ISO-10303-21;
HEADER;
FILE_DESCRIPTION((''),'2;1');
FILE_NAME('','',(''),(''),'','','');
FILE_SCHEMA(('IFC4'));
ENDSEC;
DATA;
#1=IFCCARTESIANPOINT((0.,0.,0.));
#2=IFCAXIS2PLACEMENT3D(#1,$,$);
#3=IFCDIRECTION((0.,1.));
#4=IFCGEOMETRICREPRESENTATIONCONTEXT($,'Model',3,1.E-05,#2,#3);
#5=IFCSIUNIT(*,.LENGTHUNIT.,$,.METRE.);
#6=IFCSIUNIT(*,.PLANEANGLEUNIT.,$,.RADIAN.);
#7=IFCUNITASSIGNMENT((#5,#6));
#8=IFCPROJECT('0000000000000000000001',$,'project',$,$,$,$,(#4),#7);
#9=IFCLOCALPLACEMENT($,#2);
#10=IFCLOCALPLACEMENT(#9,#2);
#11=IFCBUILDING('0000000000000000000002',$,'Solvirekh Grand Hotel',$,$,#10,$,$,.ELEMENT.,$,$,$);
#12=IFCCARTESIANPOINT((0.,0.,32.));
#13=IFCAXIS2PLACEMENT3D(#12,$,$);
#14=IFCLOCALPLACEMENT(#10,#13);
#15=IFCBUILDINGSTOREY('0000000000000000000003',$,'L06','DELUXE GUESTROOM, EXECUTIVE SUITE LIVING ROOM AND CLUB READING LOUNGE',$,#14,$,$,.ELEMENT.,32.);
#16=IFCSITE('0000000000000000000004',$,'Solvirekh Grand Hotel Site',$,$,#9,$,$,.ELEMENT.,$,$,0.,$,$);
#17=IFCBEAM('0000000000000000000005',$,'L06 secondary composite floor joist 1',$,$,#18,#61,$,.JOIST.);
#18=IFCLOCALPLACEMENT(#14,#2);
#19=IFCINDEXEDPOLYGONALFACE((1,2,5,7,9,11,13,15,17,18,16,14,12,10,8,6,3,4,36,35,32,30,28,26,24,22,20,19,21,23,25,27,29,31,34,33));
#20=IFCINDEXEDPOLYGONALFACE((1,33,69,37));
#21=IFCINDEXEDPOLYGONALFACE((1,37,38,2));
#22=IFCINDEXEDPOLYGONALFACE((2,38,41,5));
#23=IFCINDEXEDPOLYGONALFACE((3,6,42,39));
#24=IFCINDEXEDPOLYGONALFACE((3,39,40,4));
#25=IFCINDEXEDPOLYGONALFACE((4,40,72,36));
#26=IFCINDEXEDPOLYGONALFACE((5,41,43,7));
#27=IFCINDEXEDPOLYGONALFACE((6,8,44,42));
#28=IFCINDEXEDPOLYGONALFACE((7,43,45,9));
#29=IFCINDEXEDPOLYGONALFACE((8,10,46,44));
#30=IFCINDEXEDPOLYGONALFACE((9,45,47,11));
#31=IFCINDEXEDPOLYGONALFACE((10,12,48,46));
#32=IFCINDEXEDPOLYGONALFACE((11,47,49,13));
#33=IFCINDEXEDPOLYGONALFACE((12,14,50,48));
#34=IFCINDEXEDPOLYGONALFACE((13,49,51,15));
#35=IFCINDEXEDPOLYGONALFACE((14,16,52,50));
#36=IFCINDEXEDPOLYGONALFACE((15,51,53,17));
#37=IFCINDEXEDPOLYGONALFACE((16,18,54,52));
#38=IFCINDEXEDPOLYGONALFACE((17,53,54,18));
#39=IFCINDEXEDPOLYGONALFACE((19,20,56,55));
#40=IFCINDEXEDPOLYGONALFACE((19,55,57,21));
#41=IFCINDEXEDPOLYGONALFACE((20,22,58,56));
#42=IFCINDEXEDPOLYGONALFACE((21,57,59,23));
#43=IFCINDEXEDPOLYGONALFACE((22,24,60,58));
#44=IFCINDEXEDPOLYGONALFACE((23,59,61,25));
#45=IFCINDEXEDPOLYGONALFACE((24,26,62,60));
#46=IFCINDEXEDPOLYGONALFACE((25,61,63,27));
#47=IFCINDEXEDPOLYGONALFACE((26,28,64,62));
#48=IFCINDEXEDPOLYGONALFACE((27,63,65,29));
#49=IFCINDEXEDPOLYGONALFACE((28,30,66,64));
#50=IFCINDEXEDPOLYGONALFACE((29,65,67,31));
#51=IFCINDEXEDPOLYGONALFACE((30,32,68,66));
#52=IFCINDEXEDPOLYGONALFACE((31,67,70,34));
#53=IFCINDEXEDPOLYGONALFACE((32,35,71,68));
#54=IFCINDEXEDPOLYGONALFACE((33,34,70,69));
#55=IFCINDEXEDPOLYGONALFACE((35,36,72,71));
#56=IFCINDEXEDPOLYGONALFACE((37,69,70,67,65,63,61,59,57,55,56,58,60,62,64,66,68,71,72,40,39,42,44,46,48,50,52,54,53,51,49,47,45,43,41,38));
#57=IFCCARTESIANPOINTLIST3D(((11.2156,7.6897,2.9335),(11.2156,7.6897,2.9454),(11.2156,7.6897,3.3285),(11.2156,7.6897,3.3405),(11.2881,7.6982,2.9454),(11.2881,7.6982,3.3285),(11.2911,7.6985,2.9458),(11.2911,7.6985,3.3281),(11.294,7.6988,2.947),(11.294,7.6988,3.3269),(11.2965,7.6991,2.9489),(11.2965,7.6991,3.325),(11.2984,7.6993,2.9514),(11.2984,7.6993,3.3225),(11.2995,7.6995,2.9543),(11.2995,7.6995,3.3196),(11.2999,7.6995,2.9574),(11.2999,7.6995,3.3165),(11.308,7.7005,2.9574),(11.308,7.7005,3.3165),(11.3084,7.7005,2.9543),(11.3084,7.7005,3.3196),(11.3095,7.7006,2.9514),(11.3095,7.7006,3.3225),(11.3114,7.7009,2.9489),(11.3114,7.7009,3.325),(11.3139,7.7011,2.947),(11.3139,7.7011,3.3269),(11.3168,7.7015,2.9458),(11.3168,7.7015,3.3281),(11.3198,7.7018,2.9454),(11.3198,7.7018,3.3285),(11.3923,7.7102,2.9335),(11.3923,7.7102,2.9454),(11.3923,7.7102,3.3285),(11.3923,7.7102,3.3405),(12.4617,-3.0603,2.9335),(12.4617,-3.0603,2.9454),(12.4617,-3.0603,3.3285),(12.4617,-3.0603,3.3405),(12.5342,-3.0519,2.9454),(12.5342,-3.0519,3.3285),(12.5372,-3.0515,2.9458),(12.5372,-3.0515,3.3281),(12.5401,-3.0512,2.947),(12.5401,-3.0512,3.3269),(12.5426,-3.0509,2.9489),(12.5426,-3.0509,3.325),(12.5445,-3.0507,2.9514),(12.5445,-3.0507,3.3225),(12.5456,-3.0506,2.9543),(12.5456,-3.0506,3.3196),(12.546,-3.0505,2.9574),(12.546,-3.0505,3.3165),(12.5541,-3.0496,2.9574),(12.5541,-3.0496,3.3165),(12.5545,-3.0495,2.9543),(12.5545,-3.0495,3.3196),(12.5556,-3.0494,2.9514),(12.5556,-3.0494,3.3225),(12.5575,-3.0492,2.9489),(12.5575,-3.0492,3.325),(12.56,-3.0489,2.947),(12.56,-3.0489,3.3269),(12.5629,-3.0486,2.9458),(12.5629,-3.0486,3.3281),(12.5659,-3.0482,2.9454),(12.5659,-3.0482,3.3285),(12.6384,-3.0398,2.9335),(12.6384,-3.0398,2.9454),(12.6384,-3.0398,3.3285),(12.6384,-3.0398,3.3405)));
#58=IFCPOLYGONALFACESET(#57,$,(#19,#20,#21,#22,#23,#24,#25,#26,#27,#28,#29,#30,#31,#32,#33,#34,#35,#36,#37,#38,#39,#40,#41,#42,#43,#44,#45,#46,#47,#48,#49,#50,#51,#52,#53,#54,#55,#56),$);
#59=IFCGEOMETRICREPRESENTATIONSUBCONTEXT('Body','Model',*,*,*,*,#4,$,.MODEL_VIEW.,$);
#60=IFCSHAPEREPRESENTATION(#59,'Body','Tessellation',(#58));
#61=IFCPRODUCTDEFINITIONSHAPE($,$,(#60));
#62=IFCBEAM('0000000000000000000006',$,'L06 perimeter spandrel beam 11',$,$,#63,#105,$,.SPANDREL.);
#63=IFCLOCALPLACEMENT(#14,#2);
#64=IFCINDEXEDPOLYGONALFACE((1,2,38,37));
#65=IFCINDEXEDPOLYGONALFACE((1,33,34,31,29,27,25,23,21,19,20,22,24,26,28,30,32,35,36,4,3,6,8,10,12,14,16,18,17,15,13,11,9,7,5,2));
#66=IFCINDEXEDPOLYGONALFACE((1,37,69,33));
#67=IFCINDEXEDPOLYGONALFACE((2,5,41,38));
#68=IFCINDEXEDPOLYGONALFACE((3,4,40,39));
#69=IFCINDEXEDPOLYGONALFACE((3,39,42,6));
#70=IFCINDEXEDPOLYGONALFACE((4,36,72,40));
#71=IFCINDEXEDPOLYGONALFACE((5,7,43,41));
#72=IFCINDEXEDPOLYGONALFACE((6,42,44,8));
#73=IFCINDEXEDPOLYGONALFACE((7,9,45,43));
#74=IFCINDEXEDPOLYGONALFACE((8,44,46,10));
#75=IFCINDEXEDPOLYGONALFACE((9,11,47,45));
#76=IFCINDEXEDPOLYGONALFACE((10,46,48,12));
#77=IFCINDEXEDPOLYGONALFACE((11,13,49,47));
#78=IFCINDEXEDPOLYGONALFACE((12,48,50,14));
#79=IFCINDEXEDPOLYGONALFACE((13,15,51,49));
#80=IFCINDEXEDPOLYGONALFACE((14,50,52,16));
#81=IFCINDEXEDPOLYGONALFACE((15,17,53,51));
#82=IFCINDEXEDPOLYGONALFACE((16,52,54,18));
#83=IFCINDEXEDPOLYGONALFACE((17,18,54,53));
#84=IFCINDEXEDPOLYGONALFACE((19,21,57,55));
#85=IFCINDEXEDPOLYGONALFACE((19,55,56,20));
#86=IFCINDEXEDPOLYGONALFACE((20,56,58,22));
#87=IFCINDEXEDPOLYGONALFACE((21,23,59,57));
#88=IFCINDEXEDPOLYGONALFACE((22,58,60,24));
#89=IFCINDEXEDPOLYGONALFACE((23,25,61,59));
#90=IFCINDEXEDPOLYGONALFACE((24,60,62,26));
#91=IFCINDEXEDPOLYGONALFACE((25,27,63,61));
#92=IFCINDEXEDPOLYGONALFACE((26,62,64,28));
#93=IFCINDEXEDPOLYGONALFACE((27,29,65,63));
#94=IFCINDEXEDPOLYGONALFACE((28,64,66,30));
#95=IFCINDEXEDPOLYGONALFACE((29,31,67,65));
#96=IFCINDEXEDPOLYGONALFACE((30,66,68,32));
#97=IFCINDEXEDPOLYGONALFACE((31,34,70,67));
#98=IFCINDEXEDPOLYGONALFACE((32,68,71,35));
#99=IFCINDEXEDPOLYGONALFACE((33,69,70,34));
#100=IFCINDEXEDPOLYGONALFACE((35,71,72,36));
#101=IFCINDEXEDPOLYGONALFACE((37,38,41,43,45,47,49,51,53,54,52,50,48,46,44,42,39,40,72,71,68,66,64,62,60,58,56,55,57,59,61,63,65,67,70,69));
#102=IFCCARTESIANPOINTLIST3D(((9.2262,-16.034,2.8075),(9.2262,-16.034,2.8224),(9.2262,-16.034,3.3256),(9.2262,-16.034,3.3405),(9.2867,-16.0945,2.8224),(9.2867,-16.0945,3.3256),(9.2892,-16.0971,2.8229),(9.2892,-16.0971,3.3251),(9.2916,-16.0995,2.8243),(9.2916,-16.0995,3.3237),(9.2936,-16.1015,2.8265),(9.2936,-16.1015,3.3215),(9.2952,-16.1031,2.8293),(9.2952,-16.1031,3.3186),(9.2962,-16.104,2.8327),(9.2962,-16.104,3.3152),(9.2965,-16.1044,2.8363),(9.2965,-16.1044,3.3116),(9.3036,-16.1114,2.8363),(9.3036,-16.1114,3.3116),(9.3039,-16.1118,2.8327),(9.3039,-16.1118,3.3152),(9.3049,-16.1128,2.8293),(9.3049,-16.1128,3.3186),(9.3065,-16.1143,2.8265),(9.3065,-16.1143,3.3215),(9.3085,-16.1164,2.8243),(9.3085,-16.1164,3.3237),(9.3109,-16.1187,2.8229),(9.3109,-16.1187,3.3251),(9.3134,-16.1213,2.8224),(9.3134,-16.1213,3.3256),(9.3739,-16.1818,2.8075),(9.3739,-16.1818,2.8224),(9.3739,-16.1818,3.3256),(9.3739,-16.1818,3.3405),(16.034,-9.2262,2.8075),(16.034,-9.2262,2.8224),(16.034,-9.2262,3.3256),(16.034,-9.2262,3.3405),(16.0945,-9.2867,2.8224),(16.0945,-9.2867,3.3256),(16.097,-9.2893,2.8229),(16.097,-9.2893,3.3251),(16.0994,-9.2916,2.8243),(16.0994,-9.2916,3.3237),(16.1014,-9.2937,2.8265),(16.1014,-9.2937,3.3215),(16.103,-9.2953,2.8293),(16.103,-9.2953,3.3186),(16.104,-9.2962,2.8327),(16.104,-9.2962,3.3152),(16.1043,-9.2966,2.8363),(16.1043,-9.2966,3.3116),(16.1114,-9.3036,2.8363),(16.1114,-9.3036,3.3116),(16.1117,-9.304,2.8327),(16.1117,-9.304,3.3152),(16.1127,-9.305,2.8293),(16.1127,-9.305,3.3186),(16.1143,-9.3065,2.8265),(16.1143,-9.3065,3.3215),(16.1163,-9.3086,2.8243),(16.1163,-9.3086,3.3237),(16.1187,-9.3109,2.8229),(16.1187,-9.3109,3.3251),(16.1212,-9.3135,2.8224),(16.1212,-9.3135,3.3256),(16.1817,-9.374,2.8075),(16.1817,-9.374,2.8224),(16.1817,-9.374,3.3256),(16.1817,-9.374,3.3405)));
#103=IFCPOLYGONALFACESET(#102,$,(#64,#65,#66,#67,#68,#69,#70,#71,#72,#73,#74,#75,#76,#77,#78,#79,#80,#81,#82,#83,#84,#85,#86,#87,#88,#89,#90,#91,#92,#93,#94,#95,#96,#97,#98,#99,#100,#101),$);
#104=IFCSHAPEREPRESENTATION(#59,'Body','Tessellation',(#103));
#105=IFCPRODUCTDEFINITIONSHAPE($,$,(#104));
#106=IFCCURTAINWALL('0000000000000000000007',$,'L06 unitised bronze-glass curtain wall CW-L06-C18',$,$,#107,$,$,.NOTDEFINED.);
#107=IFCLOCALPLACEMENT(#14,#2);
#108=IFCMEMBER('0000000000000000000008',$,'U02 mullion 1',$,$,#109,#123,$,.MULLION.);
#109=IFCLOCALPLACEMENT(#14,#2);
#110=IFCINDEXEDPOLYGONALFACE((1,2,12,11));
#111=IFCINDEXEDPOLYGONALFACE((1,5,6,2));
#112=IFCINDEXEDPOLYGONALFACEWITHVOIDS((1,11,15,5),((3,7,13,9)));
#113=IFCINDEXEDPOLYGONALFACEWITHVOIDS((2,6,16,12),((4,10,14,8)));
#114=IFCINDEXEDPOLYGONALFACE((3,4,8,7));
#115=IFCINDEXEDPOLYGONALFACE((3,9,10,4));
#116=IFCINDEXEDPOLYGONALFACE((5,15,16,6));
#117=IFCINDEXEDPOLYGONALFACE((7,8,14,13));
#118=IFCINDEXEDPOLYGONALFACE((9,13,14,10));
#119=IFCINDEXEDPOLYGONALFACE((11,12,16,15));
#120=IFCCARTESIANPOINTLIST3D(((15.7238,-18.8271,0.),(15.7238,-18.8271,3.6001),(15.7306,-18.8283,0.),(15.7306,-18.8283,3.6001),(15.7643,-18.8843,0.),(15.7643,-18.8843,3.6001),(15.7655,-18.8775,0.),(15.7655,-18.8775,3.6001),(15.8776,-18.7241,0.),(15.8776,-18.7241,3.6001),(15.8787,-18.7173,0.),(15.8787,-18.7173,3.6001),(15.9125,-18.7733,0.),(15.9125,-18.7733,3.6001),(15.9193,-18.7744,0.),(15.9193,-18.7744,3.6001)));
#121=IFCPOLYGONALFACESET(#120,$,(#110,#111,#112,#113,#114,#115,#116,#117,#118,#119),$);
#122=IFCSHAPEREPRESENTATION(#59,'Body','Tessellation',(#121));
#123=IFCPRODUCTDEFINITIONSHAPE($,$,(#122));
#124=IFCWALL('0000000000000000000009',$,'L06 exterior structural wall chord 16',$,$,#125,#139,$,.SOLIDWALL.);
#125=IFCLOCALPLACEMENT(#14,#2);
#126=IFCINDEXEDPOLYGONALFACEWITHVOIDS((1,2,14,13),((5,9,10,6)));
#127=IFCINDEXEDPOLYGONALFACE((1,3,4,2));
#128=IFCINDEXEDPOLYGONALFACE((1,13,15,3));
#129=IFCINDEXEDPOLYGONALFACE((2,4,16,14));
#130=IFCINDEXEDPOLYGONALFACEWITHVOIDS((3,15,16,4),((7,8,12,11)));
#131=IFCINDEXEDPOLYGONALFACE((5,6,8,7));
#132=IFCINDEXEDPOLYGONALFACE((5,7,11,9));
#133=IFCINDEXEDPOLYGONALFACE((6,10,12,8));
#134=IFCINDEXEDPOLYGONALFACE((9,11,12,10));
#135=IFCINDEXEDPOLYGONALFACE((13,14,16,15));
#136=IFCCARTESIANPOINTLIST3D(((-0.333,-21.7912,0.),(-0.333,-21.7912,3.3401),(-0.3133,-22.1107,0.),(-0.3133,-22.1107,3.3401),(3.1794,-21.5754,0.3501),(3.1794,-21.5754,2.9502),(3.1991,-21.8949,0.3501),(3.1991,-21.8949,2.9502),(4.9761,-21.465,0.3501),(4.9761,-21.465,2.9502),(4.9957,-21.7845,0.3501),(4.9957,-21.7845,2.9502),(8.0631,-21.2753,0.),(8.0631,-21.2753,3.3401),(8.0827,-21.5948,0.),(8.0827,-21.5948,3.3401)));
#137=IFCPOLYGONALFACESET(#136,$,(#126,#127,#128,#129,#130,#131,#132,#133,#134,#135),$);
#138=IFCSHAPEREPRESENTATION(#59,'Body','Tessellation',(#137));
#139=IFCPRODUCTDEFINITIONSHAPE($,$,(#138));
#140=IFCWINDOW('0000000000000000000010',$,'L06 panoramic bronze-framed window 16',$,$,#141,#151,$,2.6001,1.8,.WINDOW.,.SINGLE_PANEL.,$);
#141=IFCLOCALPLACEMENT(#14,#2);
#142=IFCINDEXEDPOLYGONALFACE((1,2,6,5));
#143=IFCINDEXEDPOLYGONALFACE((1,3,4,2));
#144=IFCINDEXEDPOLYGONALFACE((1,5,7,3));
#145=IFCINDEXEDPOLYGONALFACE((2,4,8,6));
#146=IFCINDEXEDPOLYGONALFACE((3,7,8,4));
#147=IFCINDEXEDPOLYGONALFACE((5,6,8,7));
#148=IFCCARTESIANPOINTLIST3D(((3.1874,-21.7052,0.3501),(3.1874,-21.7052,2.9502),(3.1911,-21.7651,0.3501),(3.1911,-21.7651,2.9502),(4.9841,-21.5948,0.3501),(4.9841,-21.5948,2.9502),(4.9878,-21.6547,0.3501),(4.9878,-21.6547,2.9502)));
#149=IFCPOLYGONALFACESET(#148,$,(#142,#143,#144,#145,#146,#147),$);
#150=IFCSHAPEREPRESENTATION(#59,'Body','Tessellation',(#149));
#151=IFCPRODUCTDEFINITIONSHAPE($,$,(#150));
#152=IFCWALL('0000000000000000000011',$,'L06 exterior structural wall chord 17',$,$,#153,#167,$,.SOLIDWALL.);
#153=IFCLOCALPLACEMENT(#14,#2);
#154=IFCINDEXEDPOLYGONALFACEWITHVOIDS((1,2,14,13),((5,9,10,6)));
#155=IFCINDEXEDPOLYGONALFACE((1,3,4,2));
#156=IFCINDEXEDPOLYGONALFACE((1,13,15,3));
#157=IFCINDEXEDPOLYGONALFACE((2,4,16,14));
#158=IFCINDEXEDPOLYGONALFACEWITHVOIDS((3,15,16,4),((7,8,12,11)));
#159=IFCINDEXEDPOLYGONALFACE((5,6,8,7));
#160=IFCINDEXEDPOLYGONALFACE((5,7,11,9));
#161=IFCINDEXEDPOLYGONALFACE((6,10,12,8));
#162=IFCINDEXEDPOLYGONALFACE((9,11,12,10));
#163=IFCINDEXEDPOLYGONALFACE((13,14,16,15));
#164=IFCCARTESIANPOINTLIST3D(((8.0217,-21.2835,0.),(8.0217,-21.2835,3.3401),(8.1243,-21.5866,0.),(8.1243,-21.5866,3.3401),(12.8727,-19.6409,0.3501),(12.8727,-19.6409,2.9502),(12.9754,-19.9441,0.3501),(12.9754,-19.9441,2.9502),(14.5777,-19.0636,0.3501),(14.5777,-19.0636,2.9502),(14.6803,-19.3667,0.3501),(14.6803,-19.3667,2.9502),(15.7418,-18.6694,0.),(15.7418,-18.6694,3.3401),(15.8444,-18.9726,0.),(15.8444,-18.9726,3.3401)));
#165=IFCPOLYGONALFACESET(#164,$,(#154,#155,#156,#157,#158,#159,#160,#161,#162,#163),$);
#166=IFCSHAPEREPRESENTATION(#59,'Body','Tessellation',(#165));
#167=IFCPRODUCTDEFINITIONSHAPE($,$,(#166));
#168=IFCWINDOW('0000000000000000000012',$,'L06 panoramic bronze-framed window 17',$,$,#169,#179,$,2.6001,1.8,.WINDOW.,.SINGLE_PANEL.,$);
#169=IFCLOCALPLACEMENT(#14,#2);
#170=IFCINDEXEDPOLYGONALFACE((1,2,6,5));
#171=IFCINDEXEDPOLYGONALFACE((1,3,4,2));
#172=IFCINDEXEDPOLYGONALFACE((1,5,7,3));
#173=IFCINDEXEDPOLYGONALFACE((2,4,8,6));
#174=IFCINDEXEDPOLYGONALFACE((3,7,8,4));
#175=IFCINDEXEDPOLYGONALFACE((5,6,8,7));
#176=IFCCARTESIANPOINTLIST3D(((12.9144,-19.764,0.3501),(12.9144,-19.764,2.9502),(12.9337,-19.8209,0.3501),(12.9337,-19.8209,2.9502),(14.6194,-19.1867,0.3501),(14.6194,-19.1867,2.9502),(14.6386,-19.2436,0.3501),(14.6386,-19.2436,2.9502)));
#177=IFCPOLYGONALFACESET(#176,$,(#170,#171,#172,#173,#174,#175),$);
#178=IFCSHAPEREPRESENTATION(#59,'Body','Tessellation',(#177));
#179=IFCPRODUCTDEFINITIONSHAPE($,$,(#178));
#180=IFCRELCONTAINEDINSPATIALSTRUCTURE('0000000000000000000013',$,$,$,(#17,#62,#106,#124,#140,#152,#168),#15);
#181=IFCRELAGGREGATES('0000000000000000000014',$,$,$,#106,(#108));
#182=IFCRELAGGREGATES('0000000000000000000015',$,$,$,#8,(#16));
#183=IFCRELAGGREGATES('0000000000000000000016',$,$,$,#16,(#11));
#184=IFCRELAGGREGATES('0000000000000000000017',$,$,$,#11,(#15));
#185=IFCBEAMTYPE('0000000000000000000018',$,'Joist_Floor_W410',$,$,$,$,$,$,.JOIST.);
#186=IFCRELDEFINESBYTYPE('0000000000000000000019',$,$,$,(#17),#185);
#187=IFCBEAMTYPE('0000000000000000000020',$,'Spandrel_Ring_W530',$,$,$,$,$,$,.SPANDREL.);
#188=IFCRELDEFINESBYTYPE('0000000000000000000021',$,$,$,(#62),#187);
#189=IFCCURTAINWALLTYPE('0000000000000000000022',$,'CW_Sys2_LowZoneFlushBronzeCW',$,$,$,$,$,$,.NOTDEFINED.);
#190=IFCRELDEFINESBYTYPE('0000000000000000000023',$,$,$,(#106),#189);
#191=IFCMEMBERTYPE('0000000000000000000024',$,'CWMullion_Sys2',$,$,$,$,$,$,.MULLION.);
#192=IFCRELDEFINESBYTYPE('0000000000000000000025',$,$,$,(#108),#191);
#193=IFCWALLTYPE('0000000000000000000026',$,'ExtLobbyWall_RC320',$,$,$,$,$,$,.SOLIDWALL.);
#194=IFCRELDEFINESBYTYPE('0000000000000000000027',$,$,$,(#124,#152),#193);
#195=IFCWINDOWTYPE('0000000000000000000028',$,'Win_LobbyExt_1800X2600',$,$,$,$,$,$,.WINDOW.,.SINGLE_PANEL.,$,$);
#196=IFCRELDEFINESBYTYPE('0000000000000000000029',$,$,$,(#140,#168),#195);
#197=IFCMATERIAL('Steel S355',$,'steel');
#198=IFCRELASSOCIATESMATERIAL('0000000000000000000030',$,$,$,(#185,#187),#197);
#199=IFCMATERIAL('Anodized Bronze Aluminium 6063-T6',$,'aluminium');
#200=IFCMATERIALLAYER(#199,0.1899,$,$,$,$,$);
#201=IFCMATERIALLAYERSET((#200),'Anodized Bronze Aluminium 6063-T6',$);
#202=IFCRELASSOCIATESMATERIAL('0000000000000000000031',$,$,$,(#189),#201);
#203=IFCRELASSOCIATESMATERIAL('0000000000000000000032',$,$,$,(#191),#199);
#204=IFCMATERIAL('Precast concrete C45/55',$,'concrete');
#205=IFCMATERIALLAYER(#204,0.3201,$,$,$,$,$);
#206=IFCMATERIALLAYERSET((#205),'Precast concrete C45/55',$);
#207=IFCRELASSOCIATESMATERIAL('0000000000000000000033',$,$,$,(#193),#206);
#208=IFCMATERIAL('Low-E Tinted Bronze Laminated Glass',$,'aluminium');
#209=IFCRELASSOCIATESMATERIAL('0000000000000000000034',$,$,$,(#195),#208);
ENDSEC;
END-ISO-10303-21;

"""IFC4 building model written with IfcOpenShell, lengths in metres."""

from ifc_helpers import new_model, si_unit, direction, frame, frame_2d, origin, origin_2d, place, context, subcontext, project, spatial, rectangle, hollow_rectangle, i_section, extrude, source, transform, mapped, material, layer, layer_set, material_profile, profile_set, type_object, element, fill, aggregate, save


model = new_model("IFC4")

# Units and contexts
model_context = context("Model", 3, precision=1e-05, world=origin(), true_north=direction((0.0, 1.0)))
body_context = subcontext(model_context, "Body", "Model", "MODEL_VIEW")
ifc_project = project(units=[si_unit("LENGTHUNIT", "METRE"), si_unit("PLANEANGLEUNIT", "RADIAN")], contexts=[model_context])

# Site, building, storey
site_placement = place(None, origin())
site = spatial("IfcSite", under=ifc_project, at=site_placement, Name="Solvirekh Grand Hotel Site", CompositionType="ELEMENT", RefElevation=0.0)
building_placement = place(site_placement, origin())
building = spatial("IfcBuilding", under=site, at=building_placement, Name="Solvirekh Grand Hotel", CompositionType="ELEMENT")
storey_placement = place(building_placement, frame((0.0, 0.0, 32.0)))
storey = spatial("IfcBuildingStorey", under=building, at=storey_placement, Name="L06", Description="DELUXE GUESTROOM, EXECUTIVE SUITE LIVING ROOM AND CLUB READING LOUNGE", CompositionType="ELEMENT", Elevation=32.0)

# Beams
ifc_material_1 = material(Name="Steel S355", Category="steel")
ifc_material_profile_1 = material_profile(ifc_material_1, i_section(OverallWidth=0.178, OverallDepth=0.407, WebThickness=0.0081, FlangeThickness=0.012, FilletRadius=0.012, at=origin_2d()), Name="W410X60")
ifc_profile_set_1 = profile_set([ifc_material_profile_1], Name="Steel S355")
beam_type_1 = type_object("IfcBeamType", Name="Joist_Floor_W410", PredefinedType="JOIST", material=ifc_profile_set_1)
beam_1_placement = place(storey_placement, frame((12.55, -3.05, 3.137), z_axis=(-0.115145, 0.993349, 0.0), x_axis=(-0.993349, -0.115145, 0.0)))
element("IfcBeam", 1, at=beam_1_placement, inside=storey, type_object=beam_type_1, Name="L06 secondary composite floor joist 1", PredefinedType="JOIST", context=body_context, shape_type="SweptSolid", body=[
    extrude(i_section(OverallWidth=0.178, OverallDepth=0.407, WebThickness=0.0081, FlangeThickness=0.012, FilletRadius=0.012, at=origin_2d()), origin(), (0.0, 0.0, 1.0), 10.822),
])
ifc_material_profile_2 = material_profile(ifc_material_1, i_section(OverallWidth=0.209, OverallDepth=0.533, WebThickness=0.01, FlangeThickness=0.0149, FilletRadius=0.0139, at=origin_2d()), Name="W530X92")
ifc_profile_set_2 = profile_set([ifc_material_profile_2], Name="Steel S355")
beam_type_2 = type_object("IfcBeamType", Name="Spandrel_Ring_W530", PredefinedType="SPANDREL", material=ifc_profile_set_2)
beam_2_placement = place(storey_placement, frame((9.3, -16.1079, 3.074), z_axis=(0.707107, 0.707107, 0.0), x_axis=(-0.707107, 0.707107, 0.0)))
element("IfcBeam", 2, at=beam_2_placement, inside=storey, type_object=beam_type_2, Name="L06 perimeter spandrel beam 11", PredefinedType="SPANDREL", context=body_context, shape_type="SweptSolid", body=[
    extrude(i_section(OverallWidth=0.209, OverallDepth=0.533, WebThickness=0.01, FlangeThickness=0.0149, FilletRadius=0.0139, at=origin_2d()), origin(), (0.0, 0.0, 1.0), 9.6277),
])

# Curtain wall, member
ifc_material_2 = material(Name="Anodized Bronze Aluminium 6063-T6", Category="aluminium")
ifc_layer_1 = layer(ifc_material_2, 0.1899)
ifc_layer_set_1 = layer_set([ifc_layer_1], Name="Anodized Bronze Aluminium 6063-T6")
curtain_wall_type = type_object("IfcCurtainWallType", Name="CW_Sys2_LowZoneFlushBronzeCW", PredefinedType="NOTDEFINED", material=ifc_layer_set_1)
curtain_wall_placement = place(storey_placement, origin())
curtain_wall = element("IfcCurtainWall", 3, at=curtain_wall_placement, inside=storey, type_object=curtain_wall_type, Name="L06 unitised bronze-glass curtain wall CW-L06-C18", PredefinedType="NOTDEFINED")
ifc_material_profile_3 = material_profile(ifc_material_2, hollow_rectangle(XDim=0.0701, YDim=0.1899, WallThickness=0.0049, at=origin_2d()), Name="ALU RHS 190X70X5")
ifc_profile_set_3 = profile_set([ifc_material_profile_3], Name="Anodized Bronze Aluminium 6063-T6")
member_type = type_object("IfcMemberType", Name="CWMullion_Sys2", PredefinedType="MULLION", material=ifc_profile_set_3)
shared_shape = source(origin(), body_context, "Body", "SweptSolid", [
    extrude(hollow_rectangle(XDim=0.0701, YDim=0.1899, WallThickness=0.0049, at=origin_2d()), origin(), (0.0, 0.0, 1.0), 3.6001),
])
member_placement = place(storey_placement, frame((15.8215, -18.8008, 0.0), z_axis=(0.0, 0.0, 1.0), x_axis=(-0.578374, 0.815772, 0.0)))
member = element("IfcMember", 4, at=member_placement, type_object=member_type, Name="U02 mullion 1", PredefinedType="MULLION", context=body_context, shape_type="MappedRepresentation", body=[
    mapped(shared_shape, transform((0.0, 0.0, 0.0), x_axis=(1.0, 0.0, 0.0), y_axis=(0.0, 1.0, 0.0), z_axis=(0.0, 0.0, 1.0), scale=1.0)),
])
aggregate(curtain_wall, [member])

# Walls, openings, windows
ifc_material_3 = material(Name="Precast concrete C45/55", Category="concrete")
ifc_layer_2 = layer(ifc_material_3, 0.3201)
ifc_layer_set_2 = layer_set([ifc_layer_2], Name="Precast concrete C45/55")
wall_type_1 = type_object("IfcWallType", Name="ExtLobbyWall_RC320", PredefinedType="SOLIDWALL", material=ifc_layer_set_2)
wall_1_placement = place(storey_placement, frame((8.073, -21.4351, 0.0), z_axis=(0.0, 0.0, 1.0), x_axis=(-0.998118, -0.061327, 0.0)))
wall_1 = element("IfcWall", 5, at=wall_1_placement, inside=storey, type_object=wall_type_1, Name="L06 exterior structural wall chord 16", PredefinedType="SOLIDWALL", context=body_context, shape_type="SweptSolid", body=[
    extrude(rectangle(XDim=8.4119, YDim=0.3201, at=frame_2d((4.2061, 0.0))), origin(), (0.0, 0.0, 1.0), 3.3401),
])
opening_1_placement = place(wall_1_placement, frame((3.093, 0.0, 0.3501)))
opening_1 = element("IfcOpeningElement", 6, at=opening_1_placement, cuts=wall_1, PredefinedType="OPENING", context=body_context, shape_type="SweptSolid", body=[
    extrude(rectangle(XDim=1.8, YDim=2.6001, at=frame_2d((0.8999, 1.3))), frame((0.0, 0.1699, 0.0), z_axis=(0.0, -1.0, 0.0), x_axis=(1.0, 0.0, 0.0)), (0.0, 0.0, 1.0), 0.3401),
])
ifc_material_4 = material(Name="Low-E Tinted Bronze Laminated Glass", Category="aluminium")
window_type = type_object("IfcWindowType", Name="Win_LobbyExt_1800X2600", PartitioningType="SINGLE_PANEL", PredefinedType="WINDOW", material=ifc_material_4)
window_1_placement = place(opening_1_placement, origin())
window_1 = element("IfcWindow", 7, at=window_1_placement, inside=storey, type_object=window_type, Name="L06 panoramic bronze-framed window 16", OverallHeight=2.6001, OverallWidth=1.8, PartitioningType="SINGLE_PANEL", PredefinedType="WINDOW", context=body_context, shape_type="SweptSolid", body=[
    extrude(rectangle(XDim=1.8, YDim=2.6001, at=frame_2d((0.8999, 1.3))), frame((0.0, 0.03, 0.0), z_axis=(0.0, -1.0, 0.0), x_axis=(1.0, 0.0, 0.0)), (0.0, 0.0, 1.0), 0.0601),
])
fill(opening_1, window_1)
wall_2_placement = place(storey_placement, frame((15.793, -18.821, 0.0), z_axis=(0.0, 0.0, 1.0), x_axis=(-0.947175, -0.320717, 0.0)))
wall_2 = element("IfcWall", 8, at=wall_2_placement, inside=storey, type_object=wall_type_1, Name="L06 exterior structural wall chord 17", PredefinedType="SOLIDWALL", context=body_context, shape_type="SweptSolid", body=[
    extrude(rectangle(XDim=8.1506, YDim=0.3201, at=frame_2d((4.0752, 0.0))), origin(), (0.0, 0.0, 1.0), 3.3401),
])
opening_2_placement = place(wall_2_placement, frame((1.229, 0.0, 0.3501)))
opening_2 = element("IfcOpeningElement", 9, at=opening_2_placement, cuts=wall_2, PredefinedType="OPENING", context=body_context, shape_type="SweptSolid", body=[
    extrude(rectangle(XDim=1.8, YDim=2.6001, at=frame_2d((0.8999, 1.3))), frame((0.0, 0.1699, 0.0), z_axis=(0.0, -1.0, 0.0), x_axis=(1.0, 0.0, 0.0)), (0.0, 0.0, 1.0), 0.3401),
])
window_2_placement = place(opening_2_placement, origin())
window_2 = element("IfcWindow", 10, at=window_2_placement, inside=storey, type_object=window_type, Name="L06 panoramic bronze-framed window 17", OverallHeight=2.6001, OverallWidth=1.8, PartitioningType="SINGLE_PANEL", PredefinedType="WINDOW", context=body_context, shape_type="SweptSolid", body=[
    extrude(rectangle(XDim=1.8, YDim=2.6001, at=frame_2d((0.8999, 1.3))), frame((0.0, 0.03, 0.0), z_axis=(0.0, -1.0, 0.0), x_axis=(1.0, 0.0, 0.0)), (0.0, 0.0, 1.0), 0.0601),
])
fill(opening_2, window_2)

save(model, "model.ifc")
